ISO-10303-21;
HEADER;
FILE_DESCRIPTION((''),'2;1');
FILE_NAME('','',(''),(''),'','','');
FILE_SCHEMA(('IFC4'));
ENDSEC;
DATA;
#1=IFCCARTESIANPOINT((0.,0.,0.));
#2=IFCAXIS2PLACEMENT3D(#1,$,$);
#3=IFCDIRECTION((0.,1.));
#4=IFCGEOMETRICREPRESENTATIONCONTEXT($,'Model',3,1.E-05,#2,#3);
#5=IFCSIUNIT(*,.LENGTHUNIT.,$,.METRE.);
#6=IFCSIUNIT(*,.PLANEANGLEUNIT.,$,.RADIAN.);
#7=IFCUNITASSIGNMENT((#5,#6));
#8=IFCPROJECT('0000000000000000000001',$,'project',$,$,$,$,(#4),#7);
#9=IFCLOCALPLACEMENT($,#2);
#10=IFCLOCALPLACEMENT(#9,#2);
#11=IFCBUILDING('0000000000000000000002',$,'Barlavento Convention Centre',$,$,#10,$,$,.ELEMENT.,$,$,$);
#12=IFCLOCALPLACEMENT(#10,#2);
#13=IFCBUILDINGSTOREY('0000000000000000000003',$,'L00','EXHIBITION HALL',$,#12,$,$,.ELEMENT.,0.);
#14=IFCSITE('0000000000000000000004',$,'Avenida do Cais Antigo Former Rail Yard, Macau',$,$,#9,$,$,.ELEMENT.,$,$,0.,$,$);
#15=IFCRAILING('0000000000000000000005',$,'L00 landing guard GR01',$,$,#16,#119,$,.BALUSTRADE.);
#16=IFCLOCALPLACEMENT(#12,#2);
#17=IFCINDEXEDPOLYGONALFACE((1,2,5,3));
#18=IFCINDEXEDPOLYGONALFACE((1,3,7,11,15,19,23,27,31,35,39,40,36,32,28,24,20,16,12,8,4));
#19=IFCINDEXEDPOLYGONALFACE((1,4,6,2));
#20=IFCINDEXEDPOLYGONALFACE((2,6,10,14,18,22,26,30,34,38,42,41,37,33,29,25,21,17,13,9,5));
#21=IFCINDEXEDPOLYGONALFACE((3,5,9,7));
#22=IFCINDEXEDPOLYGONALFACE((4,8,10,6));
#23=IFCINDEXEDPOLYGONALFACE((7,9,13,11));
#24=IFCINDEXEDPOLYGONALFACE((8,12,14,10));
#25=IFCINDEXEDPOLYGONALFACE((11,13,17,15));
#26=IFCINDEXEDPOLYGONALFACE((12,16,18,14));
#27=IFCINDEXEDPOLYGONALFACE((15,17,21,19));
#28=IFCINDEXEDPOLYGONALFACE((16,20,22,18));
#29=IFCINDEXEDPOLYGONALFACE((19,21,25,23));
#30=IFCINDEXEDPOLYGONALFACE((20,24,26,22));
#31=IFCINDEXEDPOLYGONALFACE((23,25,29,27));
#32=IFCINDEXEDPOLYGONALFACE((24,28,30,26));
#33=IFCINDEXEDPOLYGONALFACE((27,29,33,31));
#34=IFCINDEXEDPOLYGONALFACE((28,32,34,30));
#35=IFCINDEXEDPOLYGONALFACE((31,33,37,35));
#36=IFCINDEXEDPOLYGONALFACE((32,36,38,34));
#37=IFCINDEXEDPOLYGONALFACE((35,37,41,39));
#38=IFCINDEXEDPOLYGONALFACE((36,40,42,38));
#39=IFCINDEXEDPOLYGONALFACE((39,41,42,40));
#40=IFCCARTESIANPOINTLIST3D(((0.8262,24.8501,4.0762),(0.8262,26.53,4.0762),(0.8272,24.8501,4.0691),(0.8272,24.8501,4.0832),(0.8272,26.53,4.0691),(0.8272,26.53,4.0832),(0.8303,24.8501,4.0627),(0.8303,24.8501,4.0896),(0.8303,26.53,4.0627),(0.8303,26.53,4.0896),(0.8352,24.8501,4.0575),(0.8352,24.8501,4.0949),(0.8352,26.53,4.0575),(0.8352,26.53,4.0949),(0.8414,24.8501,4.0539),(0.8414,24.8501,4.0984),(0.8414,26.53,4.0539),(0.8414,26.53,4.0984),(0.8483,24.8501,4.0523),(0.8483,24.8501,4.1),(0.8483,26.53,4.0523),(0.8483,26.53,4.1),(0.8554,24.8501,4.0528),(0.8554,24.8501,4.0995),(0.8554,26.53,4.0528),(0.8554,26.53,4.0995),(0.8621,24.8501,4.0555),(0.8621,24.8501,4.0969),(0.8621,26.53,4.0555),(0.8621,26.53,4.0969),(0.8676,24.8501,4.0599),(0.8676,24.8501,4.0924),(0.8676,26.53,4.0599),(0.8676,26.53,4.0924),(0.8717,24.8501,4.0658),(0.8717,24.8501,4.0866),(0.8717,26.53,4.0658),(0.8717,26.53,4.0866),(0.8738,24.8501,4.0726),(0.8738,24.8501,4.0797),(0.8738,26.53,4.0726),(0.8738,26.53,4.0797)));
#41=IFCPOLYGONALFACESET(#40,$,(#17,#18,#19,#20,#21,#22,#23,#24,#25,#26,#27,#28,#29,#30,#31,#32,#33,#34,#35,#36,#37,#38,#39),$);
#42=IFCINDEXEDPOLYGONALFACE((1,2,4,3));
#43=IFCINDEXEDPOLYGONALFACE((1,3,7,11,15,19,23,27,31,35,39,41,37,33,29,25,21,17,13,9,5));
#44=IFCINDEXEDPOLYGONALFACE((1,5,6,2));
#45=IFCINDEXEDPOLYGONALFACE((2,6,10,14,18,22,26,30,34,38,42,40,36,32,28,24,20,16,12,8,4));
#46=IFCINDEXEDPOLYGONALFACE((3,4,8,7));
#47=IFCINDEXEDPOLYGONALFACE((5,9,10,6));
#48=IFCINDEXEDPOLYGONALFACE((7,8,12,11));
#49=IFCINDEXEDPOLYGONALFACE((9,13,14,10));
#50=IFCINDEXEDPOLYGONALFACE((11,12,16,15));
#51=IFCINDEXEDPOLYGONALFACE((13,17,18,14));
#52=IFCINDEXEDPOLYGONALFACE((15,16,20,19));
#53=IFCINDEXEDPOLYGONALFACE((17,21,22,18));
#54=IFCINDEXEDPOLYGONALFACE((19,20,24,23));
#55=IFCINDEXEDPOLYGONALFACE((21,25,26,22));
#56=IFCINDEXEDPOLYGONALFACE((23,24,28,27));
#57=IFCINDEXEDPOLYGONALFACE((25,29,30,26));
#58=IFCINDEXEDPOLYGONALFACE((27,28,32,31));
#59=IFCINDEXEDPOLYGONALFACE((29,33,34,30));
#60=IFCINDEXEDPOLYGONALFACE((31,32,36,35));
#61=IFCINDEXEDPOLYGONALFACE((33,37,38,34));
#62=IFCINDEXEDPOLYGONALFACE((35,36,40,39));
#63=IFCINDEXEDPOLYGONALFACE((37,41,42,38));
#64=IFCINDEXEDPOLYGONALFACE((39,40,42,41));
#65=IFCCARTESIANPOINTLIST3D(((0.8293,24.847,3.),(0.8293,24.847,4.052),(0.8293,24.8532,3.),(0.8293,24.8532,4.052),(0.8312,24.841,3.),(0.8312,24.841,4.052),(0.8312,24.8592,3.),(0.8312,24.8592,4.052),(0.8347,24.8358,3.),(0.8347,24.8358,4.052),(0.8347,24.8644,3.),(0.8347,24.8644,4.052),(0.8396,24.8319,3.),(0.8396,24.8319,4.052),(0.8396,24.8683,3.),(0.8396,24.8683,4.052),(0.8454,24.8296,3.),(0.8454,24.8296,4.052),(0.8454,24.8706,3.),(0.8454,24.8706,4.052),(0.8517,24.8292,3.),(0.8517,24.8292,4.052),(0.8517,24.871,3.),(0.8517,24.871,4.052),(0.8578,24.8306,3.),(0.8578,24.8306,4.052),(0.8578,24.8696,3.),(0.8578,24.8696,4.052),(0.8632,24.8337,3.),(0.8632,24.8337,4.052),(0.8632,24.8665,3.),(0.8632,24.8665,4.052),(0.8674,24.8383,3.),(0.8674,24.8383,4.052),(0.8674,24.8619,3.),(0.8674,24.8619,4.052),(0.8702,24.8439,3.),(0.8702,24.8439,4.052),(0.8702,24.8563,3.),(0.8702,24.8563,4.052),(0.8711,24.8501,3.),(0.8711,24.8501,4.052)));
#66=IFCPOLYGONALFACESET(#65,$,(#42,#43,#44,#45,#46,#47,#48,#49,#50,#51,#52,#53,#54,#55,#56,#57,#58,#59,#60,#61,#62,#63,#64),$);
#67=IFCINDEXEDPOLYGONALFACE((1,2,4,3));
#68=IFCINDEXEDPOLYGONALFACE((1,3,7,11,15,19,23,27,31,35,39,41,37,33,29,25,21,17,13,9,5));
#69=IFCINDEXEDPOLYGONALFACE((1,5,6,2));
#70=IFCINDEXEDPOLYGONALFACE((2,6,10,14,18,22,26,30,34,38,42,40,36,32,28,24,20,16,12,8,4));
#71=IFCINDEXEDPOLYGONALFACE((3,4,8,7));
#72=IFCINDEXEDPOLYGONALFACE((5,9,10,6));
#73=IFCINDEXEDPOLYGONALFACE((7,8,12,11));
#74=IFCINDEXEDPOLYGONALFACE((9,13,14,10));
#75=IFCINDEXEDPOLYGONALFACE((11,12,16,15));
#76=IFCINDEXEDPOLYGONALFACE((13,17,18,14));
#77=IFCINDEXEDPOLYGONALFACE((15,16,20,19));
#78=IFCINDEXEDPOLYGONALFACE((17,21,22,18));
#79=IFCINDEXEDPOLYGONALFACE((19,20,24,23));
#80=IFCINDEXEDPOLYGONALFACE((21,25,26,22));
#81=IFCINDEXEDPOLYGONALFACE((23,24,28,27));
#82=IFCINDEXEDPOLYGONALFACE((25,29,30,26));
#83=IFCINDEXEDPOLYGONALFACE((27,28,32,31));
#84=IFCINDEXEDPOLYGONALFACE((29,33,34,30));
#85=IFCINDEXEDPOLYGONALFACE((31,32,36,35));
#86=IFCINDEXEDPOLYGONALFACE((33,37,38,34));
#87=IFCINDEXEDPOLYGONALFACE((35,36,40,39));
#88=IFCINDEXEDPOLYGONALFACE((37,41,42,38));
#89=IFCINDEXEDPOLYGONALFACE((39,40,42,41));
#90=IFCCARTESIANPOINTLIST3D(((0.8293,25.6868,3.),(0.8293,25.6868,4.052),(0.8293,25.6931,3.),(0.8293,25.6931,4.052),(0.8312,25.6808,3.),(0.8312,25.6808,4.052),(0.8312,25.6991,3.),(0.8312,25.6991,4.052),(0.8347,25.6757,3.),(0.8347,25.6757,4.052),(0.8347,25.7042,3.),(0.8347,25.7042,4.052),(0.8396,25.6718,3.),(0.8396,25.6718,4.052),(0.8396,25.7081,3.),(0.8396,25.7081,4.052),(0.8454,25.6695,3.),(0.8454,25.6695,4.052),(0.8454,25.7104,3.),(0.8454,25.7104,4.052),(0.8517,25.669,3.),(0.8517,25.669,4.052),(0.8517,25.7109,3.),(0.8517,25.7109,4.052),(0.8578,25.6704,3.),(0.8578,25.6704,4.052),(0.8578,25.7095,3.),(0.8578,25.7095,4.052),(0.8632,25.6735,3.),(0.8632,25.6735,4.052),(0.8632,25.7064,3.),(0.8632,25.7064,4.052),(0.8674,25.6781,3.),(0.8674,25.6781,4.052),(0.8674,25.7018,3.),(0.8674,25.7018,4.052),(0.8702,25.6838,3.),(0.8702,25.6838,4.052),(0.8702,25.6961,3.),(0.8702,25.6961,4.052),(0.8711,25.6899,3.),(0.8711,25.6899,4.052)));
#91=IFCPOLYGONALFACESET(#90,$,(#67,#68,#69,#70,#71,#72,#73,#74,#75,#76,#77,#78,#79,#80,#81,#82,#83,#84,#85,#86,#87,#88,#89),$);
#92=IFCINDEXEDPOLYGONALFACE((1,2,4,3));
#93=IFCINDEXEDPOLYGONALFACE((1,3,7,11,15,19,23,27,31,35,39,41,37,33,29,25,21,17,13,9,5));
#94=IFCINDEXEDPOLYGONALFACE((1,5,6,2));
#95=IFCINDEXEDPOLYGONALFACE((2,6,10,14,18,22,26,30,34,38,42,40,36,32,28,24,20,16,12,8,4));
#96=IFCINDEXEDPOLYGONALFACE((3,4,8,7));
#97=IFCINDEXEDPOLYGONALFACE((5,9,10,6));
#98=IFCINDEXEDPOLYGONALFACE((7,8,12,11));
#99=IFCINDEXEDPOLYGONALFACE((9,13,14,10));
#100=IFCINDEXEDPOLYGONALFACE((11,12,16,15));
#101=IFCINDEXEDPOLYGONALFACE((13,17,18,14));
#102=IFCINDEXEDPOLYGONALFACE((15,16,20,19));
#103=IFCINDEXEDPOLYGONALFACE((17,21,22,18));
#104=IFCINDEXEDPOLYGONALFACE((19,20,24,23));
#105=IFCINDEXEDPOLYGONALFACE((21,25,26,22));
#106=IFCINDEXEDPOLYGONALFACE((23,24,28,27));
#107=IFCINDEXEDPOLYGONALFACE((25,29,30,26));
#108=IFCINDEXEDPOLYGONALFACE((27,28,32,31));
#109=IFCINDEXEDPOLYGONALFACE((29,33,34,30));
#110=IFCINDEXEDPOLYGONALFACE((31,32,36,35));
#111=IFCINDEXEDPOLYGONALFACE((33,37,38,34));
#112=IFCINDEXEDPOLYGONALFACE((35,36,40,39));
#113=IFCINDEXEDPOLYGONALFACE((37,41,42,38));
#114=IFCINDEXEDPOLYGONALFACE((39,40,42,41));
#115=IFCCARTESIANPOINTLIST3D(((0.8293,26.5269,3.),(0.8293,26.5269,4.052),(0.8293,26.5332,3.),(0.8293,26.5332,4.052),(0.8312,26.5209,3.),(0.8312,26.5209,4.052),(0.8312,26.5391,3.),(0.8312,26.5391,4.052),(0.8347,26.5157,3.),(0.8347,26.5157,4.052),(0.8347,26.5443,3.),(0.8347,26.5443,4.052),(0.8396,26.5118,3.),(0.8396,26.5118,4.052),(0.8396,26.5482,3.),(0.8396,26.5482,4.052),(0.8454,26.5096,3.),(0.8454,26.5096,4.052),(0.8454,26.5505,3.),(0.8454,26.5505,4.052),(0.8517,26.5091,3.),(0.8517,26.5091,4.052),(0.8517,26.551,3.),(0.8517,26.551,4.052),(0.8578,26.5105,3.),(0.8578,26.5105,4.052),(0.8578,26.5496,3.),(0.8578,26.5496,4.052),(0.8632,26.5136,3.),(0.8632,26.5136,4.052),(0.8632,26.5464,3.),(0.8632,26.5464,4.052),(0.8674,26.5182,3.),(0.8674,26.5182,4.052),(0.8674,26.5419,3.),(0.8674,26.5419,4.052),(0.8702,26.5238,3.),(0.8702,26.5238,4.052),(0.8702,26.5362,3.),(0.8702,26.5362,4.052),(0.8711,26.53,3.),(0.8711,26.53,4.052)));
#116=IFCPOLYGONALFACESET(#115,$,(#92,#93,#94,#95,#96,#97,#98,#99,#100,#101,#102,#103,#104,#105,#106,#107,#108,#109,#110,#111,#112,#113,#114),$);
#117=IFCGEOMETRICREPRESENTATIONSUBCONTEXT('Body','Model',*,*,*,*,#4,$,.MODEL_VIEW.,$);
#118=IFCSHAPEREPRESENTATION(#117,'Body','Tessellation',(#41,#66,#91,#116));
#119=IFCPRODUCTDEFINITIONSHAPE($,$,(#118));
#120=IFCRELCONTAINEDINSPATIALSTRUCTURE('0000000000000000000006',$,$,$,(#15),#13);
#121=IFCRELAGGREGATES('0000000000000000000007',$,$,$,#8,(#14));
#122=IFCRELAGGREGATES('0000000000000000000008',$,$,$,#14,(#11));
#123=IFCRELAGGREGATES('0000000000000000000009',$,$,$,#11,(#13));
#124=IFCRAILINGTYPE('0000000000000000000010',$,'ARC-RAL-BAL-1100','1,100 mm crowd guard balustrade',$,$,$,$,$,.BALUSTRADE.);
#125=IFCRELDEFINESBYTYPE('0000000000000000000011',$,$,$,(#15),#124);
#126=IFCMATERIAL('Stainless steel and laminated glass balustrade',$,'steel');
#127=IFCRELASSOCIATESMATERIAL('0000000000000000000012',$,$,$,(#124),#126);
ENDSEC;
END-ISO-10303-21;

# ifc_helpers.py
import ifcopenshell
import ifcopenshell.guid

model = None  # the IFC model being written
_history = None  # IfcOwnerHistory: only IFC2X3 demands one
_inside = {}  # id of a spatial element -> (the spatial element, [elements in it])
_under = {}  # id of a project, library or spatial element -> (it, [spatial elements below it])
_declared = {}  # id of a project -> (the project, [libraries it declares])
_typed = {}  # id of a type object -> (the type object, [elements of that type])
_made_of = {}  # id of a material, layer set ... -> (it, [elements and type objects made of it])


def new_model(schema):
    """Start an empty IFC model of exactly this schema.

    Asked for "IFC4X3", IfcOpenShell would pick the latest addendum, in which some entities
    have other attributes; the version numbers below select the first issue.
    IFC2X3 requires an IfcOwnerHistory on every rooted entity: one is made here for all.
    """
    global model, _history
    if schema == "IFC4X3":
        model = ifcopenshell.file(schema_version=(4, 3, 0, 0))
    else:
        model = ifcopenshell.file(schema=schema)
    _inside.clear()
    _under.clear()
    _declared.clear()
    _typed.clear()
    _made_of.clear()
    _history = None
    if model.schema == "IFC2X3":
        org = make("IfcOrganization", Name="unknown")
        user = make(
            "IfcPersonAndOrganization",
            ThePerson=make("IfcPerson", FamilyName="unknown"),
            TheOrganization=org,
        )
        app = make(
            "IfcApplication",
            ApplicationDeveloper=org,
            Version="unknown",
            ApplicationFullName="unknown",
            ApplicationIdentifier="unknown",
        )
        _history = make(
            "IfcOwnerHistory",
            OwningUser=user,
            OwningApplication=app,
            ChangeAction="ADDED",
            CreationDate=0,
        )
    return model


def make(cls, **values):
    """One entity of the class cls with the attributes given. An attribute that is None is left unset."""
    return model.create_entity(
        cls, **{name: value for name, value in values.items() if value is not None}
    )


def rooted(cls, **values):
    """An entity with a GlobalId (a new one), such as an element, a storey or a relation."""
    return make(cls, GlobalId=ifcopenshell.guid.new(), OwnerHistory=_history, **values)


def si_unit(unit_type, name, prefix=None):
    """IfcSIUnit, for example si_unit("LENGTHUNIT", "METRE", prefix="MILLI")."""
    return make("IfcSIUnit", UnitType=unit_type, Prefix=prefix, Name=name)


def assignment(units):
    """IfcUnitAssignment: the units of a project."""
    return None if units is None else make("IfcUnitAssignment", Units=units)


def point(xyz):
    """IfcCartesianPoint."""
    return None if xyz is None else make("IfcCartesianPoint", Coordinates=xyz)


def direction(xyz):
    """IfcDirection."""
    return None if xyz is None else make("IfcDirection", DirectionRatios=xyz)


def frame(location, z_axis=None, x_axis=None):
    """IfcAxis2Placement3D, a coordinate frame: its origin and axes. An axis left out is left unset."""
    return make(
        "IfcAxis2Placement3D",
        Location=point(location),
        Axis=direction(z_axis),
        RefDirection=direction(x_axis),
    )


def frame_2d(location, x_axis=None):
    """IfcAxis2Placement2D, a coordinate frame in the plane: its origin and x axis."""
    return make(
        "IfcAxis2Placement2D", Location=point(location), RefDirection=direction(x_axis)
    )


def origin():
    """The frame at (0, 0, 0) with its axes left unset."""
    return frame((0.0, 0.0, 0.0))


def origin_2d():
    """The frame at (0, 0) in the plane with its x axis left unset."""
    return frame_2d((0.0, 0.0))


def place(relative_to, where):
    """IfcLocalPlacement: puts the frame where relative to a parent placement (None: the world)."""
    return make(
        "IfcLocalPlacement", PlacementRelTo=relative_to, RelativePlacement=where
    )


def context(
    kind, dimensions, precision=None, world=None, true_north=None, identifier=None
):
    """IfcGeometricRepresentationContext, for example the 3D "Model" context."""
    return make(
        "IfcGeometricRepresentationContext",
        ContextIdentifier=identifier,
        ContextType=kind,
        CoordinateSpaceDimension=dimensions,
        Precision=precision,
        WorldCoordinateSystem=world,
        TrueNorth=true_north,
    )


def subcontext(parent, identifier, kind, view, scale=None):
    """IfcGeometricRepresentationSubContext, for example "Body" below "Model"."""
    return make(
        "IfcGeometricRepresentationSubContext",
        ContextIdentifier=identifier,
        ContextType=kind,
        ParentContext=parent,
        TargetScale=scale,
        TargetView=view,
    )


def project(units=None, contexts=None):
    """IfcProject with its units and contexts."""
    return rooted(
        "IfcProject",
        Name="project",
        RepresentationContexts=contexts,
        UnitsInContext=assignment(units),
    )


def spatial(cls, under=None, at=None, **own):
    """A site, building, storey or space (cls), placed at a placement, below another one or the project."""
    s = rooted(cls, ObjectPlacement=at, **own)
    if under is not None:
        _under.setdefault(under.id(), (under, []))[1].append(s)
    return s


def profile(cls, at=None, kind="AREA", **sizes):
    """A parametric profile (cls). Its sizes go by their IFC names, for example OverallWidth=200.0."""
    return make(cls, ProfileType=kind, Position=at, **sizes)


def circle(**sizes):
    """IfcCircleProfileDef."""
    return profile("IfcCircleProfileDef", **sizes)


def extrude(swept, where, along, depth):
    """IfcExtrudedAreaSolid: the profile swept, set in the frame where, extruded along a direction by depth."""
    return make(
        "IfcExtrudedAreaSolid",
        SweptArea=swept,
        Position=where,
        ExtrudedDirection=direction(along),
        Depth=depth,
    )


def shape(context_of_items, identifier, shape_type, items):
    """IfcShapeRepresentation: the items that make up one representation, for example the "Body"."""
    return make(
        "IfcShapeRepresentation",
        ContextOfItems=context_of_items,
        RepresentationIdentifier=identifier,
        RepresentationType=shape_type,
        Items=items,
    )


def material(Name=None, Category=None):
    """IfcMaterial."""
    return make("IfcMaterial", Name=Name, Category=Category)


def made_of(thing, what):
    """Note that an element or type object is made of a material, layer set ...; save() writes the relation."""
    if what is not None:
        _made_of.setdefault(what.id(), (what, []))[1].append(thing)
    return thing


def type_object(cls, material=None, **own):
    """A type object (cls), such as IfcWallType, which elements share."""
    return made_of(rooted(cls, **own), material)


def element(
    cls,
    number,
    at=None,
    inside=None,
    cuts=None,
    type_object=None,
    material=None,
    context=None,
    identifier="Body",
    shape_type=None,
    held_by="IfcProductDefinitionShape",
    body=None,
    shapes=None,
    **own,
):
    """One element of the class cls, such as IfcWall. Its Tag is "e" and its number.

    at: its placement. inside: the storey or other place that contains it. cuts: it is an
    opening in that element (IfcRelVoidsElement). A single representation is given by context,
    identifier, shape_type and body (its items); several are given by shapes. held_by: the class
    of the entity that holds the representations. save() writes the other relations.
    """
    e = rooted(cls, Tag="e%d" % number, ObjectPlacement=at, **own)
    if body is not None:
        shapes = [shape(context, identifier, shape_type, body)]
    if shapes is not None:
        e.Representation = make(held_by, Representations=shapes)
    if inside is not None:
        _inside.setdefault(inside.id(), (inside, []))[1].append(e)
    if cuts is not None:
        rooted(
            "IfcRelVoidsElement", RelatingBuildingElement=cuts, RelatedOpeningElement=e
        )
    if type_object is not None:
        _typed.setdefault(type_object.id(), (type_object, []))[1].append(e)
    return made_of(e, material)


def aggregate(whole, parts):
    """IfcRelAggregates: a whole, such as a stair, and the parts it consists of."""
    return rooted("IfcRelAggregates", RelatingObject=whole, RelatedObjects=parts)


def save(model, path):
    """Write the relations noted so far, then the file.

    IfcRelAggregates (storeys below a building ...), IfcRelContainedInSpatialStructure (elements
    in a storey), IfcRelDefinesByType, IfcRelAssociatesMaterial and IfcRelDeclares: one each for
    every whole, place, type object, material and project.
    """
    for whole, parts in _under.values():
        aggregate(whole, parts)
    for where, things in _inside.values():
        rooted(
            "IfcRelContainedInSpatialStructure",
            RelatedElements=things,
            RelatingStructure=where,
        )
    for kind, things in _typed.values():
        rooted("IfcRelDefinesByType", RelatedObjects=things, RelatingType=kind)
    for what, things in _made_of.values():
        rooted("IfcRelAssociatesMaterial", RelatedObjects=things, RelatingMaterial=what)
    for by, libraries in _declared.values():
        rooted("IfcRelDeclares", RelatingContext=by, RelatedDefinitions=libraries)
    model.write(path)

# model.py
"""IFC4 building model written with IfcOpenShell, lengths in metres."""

from ifc_helpers import new_model, si_unit, direction, frame, origin, origin_2d, place, context, subcontext, project, spatial, circle, extrude, material, type_object, element, save


model = new_model("IFC4")

# Units and contexts
model_context = context("Model", 3, precision=1e-05, world=origin(), true_north=direction((0.0, 1.0)))
body_context = subcontext(model_context, "Body", "Model", "MODEL_VIEW")
ifc_project = project(units=[si_unit("LENGTHUNIT", "METRE"), si_unit("PLANEANGLEUNIT", "RADIAN")], contexts=[model_context])

# Site, building, storey
site_placement = place(None, origin())
site = spatial("IfcSite", under=ifc_project, at=site_placement, Name="Avenida do Cais Antigo Former Rail Yard, Macau", CompositionType="ELEMENT", RefElevation=0.0)
building_placement = place(site_placement, origin())
building = spatial("IfcBuilding", under=site, at=building_placement, Name="Barlavento Convention Centre", CompositionType="ELEMENT")
storey_placement = place(building_placement, origin())
storey = spatial("IfcBuildingStorey", under=building, at=storey_placement, Name="L00", Description="EXHIBITION HALL", CompositionType="ELEMENT", Elevation=0.0)

# Railing
ifc_material_1 = material(Name="Stainless steel and laminated glass balustrade", Category="steel")
railing_type_1 = type_object("IfcRailingType", Name="ARC-RAL-BAL-1100", Description="1,100 mm crowd guard balustrade", PredefinedType="BALUSTRADE", material=ifc_material_1)
railing_1_placement = place(storey_placement, frame((0.8501, 24.8501, 3.0)))
element("IfcRailing", 1, at=railing_1_placement, inside=storey, type_object=railing_type_1, Name="L00 landing guard GR01", PredefinedType="BALUSTRADE", context=body_context, shape_type="SweptSolid", body=[
    extrude(circle(Radius=0.0239, at=origin_2d()), frame((0.0, 0.0, 1.0762), z_axis=(0.0, 1.0, 0.0), x_axis=(-1.0, 0.0, 0.0)), (0.0, 0.0, 1.0), 1.6799),
    extrude(circle(Radius=0.021, at=origin_2d()), origin(), (0.0, 0.0, 1.0), 1.052),
    extrude(circle(Radius=0.021, at=origin_2d()), frame((0.0, 0.8398, 0.0)), (0.0, 0.0, 1.0), 1.052),
    extrude(circle(Radius=0.021, at=origin_2d()), frame((0.0, 1.6799, 0.0)), (0.0, 0.0, 1.0), 1.052),
])

save(model, "model.ifc")
